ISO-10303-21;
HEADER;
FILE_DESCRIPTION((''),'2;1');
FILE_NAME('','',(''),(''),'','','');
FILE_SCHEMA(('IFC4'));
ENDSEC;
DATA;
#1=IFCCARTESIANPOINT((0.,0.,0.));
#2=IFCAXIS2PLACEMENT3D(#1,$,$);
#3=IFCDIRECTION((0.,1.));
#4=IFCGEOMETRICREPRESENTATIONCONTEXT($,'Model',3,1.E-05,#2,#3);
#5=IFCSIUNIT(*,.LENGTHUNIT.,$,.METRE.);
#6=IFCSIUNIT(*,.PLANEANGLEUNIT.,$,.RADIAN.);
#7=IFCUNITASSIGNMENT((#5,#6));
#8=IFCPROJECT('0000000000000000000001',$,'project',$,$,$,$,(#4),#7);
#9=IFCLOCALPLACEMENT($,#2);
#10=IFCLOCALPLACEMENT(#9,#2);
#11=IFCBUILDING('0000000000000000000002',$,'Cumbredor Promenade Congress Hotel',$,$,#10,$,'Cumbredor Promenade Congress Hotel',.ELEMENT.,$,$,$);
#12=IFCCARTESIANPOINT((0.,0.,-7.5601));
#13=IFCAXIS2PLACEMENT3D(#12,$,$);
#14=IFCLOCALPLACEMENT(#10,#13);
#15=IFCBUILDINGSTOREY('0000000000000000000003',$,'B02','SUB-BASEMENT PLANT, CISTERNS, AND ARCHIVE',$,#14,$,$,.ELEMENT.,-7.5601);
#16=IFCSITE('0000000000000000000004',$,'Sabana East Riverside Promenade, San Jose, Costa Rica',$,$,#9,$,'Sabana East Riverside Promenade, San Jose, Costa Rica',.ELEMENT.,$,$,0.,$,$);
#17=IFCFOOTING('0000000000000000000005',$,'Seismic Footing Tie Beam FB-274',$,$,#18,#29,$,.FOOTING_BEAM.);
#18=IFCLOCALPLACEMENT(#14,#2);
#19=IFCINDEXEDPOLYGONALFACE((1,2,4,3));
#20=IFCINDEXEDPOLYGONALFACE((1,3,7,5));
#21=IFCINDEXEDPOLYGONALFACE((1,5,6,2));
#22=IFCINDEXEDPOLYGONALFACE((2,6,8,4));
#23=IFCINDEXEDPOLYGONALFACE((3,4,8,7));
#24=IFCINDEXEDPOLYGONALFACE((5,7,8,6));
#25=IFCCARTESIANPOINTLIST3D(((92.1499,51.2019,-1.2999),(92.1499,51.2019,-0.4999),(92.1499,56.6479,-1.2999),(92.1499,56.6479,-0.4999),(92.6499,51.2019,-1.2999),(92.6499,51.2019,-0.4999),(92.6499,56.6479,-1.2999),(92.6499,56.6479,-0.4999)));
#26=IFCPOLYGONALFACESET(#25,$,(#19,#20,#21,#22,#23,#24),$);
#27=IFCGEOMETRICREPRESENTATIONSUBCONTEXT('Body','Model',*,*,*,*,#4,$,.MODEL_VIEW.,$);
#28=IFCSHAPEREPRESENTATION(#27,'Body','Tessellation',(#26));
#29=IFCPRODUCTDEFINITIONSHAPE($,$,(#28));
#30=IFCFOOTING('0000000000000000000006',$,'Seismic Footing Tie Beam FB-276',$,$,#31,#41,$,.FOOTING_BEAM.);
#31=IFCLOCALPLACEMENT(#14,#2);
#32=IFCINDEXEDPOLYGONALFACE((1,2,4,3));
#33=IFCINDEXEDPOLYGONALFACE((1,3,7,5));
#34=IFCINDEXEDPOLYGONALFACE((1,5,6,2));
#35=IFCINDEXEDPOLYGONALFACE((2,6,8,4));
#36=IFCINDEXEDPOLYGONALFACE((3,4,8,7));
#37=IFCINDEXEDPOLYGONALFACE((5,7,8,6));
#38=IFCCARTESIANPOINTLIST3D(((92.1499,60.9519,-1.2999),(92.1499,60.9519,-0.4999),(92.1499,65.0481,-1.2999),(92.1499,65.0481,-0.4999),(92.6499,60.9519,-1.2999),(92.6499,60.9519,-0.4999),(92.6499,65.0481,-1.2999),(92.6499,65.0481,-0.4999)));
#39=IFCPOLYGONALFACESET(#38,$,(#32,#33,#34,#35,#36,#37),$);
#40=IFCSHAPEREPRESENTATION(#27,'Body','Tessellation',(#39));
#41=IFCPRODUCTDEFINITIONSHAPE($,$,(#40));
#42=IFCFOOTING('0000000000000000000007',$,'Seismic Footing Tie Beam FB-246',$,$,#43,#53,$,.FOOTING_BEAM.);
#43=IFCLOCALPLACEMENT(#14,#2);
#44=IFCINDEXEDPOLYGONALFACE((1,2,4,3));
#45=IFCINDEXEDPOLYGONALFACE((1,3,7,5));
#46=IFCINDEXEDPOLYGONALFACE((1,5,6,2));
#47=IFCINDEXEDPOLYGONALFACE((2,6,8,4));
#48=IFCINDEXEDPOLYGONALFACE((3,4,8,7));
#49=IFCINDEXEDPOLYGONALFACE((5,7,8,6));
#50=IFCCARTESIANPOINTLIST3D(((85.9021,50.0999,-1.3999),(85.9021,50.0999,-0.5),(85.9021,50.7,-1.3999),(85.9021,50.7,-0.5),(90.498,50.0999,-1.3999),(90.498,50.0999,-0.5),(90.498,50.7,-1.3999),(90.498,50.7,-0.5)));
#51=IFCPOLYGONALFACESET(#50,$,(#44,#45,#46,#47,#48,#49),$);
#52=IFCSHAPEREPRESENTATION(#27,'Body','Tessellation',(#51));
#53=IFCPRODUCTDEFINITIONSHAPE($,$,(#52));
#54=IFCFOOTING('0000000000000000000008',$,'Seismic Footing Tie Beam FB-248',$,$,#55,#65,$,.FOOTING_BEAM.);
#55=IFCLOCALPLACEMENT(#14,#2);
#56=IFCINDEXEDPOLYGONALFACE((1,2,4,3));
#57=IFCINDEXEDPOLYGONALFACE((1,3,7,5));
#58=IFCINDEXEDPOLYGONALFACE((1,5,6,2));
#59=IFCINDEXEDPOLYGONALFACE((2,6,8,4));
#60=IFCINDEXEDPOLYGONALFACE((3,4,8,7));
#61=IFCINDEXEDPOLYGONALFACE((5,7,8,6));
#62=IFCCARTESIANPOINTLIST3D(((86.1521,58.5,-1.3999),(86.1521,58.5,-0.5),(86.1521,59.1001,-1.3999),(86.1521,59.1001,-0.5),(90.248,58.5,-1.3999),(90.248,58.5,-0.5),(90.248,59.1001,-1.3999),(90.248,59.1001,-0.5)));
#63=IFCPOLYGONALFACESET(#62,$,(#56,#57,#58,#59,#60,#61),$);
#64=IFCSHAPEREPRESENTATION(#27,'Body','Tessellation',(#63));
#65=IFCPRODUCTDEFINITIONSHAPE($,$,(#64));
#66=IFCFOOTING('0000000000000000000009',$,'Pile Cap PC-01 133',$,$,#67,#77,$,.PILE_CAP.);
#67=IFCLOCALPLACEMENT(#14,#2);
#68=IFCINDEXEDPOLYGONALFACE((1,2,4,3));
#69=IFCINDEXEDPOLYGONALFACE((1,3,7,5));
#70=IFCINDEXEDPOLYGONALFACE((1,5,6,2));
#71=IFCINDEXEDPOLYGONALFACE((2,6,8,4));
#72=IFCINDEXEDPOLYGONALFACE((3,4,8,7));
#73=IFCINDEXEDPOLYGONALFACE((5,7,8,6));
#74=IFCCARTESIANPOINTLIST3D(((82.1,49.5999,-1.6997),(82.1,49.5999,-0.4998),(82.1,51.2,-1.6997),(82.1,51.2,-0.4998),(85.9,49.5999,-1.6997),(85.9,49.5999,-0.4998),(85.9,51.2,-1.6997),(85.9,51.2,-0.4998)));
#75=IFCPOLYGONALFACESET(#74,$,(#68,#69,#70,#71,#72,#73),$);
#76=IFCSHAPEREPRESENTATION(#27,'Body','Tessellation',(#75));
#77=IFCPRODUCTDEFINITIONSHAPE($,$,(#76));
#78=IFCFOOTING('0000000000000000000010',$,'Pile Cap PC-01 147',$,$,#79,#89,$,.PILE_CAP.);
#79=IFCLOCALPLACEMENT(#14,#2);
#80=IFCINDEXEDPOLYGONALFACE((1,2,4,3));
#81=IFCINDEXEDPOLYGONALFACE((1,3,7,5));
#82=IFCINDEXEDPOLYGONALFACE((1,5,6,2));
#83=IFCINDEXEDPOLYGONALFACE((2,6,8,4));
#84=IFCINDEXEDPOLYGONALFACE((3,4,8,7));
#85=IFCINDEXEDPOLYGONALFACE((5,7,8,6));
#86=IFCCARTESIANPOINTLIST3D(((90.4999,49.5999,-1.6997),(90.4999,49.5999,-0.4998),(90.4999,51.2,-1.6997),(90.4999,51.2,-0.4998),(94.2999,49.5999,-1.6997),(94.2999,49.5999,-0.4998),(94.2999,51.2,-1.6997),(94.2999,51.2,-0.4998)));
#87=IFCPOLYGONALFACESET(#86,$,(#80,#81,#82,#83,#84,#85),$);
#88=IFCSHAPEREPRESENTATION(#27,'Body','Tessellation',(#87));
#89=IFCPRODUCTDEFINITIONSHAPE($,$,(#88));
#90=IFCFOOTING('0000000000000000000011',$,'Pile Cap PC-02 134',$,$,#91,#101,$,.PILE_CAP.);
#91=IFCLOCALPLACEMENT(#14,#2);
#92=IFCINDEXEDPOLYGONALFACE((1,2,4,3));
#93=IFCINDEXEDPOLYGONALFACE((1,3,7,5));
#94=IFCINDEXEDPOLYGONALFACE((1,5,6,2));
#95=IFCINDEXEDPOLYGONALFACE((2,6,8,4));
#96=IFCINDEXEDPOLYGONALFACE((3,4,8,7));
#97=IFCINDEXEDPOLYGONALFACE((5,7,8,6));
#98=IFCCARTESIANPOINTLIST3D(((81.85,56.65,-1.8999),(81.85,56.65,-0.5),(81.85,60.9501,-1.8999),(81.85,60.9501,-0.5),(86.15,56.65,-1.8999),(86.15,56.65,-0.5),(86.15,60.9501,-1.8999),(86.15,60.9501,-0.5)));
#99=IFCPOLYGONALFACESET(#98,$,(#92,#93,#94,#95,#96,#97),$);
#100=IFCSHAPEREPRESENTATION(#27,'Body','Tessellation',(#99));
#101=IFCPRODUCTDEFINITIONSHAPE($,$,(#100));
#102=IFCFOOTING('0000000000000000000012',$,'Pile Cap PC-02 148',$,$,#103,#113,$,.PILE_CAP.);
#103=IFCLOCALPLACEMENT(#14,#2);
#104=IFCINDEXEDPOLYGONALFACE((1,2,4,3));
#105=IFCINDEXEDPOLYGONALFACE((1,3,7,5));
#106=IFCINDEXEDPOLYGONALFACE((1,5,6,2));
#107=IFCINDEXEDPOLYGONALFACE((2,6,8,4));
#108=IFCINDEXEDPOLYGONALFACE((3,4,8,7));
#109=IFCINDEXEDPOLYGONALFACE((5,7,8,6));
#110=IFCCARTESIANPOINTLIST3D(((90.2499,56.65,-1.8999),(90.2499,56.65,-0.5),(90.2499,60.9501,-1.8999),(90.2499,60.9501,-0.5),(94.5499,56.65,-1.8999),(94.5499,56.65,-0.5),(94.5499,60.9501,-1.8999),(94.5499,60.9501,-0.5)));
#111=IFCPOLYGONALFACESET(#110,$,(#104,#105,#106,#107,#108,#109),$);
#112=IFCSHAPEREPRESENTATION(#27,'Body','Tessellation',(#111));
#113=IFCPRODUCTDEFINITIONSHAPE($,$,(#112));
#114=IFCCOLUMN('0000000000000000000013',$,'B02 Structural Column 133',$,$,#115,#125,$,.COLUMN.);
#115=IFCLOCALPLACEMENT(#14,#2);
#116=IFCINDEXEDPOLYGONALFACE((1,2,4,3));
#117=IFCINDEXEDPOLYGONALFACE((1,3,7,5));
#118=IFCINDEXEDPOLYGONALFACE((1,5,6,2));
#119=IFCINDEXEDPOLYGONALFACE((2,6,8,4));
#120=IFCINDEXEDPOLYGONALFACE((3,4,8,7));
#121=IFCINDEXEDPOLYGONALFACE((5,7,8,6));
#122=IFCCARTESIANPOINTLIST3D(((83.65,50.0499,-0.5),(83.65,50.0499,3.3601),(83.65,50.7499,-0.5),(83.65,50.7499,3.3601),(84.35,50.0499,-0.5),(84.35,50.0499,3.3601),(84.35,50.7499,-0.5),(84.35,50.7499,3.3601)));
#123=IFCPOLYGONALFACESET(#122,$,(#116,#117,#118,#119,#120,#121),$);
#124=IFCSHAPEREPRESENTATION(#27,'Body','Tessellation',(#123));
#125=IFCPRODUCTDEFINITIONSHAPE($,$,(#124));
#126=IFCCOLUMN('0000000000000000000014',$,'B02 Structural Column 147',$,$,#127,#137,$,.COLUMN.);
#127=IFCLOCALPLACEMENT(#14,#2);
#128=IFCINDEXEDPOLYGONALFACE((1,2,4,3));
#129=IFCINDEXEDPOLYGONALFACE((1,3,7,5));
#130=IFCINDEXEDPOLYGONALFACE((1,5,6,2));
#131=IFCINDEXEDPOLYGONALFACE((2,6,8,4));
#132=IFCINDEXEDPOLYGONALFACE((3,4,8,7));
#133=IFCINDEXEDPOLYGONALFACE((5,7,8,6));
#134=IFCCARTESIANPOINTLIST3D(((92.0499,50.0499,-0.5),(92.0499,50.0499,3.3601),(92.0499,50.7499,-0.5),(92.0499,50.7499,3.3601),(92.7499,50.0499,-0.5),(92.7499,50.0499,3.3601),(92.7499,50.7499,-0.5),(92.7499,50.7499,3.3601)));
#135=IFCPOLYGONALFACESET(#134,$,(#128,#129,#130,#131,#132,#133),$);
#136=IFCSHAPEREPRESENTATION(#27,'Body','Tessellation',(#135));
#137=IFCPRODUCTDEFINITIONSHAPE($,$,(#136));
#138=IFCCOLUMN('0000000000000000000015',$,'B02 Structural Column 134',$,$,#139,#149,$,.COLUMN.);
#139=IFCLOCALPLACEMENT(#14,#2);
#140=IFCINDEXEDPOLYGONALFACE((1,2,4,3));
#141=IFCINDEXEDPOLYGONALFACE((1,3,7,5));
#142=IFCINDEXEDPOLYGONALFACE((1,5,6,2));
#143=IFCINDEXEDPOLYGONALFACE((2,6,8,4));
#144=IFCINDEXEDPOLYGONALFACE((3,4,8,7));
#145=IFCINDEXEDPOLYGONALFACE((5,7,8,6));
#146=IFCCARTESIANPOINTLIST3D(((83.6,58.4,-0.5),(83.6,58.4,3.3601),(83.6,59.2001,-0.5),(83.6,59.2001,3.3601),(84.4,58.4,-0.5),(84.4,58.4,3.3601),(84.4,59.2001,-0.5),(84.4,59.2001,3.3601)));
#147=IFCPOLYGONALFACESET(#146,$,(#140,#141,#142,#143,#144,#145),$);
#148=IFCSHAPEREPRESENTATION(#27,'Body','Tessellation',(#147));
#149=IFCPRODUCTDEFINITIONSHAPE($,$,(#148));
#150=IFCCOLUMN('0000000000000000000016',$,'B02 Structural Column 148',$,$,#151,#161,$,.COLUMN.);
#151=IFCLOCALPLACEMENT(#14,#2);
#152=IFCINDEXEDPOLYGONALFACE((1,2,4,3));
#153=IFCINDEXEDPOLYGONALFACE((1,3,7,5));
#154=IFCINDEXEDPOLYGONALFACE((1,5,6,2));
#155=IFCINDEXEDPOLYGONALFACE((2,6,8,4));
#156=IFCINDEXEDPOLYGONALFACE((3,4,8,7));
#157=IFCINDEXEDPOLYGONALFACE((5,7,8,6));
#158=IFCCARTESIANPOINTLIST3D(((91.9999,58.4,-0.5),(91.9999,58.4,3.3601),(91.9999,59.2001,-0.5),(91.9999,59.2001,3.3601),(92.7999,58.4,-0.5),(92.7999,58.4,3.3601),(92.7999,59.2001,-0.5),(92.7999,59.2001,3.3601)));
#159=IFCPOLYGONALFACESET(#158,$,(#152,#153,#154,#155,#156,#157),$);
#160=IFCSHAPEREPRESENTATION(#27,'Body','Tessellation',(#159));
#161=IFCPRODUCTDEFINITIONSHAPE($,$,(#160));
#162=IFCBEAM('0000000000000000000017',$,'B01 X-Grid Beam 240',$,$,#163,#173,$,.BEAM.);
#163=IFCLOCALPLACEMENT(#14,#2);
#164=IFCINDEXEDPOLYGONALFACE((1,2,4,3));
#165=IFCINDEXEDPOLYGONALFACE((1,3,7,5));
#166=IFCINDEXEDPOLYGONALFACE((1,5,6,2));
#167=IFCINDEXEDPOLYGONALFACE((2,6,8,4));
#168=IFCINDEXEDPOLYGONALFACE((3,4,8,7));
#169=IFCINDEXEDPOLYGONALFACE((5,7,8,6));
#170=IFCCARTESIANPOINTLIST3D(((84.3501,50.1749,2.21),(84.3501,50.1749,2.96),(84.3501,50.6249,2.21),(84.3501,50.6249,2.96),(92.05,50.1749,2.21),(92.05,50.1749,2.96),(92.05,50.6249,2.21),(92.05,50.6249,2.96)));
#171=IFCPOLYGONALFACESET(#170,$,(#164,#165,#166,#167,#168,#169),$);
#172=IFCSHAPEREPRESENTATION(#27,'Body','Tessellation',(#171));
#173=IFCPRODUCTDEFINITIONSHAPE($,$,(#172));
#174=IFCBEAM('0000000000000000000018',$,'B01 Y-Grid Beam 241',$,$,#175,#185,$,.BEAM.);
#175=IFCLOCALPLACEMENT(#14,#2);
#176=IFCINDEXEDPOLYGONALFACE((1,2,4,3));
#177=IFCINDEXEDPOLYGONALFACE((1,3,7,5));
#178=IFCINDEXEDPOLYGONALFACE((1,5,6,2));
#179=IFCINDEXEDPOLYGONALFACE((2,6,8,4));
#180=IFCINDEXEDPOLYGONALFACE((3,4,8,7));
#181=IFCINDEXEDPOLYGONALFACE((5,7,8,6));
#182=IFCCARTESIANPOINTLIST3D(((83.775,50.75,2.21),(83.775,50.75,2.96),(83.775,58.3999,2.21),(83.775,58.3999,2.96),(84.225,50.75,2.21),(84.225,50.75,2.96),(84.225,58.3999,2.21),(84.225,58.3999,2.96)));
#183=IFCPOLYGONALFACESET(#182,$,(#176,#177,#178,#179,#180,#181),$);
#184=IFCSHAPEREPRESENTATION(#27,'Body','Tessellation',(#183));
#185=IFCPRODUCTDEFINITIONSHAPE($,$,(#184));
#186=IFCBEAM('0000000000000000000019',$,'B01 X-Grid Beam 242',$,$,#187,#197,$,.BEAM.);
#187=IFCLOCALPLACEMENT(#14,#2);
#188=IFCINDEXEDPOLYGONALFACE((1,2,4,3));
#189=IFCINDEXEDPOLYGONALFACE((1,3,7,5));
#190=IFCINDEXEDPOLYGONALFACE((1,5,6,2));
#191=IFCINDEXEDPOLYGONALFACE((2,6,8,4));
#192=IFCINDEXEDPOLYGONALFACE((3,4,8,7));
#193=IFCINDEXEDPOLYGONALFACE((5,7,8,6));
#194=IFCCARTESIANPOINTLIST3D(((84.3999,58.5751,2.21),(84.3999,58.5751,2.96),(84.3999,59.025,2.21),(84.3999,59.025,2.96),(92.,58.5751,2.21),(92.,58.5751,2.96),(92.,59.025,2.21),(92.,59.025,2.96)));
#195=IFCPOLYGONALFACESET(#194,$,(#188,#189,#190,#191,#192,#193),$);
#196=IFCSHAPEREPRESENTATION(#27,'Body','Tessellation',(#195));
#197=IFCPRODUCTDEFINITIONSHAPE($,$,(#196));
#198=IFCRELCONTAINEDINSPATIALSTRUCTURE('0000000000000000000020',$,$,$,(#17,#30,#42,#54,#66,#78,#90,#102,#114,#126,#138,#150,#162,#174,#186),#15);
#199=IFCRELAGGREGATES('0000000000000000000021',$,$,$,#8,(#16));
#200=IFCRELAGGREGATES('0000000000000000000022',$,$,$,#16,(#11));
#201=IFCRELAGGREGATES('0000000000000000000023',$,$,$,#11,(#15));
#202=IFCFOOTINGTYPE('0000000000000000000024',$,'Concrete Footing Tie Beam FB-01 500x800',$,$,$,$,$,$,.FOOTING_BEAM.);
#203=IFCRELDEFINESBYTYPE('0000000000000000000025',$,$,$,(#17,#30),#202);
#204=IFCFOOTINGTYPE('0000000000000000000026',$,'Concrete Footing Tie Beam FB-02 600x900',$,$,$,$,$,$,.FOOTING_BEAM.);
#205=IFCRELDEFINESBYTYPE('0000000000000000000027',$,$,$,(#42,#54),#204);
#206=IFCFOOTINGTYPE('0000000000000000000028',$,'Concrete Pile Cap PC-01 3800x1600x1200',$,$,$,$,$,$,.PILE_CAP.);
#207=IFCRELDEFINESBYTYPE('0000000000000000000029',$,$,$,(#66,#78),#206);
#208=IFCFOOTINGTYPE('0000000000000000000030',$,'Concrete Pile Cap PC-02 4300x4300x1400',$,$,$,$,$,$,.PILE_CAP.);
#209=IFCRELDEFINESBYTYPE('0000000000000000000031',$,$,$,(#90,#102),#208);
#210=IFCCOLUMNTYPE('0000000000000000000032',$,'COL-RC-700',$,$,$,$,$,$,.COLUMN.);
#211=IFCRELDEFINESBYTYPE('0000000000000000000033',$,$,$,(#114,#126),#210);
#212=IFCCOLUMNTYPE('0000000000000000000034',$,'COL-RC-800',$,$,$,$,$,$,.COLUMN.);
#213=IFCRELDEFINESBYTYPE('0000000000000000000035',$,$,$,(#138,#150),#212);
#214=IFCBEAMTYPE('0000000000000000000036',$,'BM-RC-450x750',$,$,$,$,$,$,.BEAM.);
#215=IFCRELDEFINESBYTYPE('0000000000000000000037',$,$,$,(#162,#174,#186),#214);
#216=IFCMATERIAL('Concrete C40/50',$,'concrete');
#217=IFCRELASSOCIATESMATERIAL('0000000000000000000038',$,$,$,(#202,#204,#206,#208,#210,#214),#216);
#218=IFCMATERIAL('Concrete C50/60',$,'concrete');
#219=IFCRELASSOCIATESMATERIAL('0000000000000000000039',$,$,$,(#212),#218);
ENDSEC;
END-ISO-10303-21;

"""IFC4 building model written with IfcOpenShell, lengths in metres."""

from ifc_helpers import new_model, si_unit, direction, frame, origin, origin_2d, place, context, subcontext, project, spatial, rectangle, extrude, material, material_profile, profile_set, type_object, element, save


model = new_model("IFC4")

# Units and contexts
model_context = context("Model", 3, precision=1e-05, world=origin(), true_north=direction((0.0, 1.0)))
body_context = subcontext(model_context, "Body", "Model", "MODEL_VIEW")
ifc_project = project(units=[si_unit("LENGTHUNIT", "METRE"), si_unit("PLANEANGLEUNIT", "RADIAN")], contexts=[model_context])

# Site, building, storey
site_placement = place(None, origin())
site = spatial("IfcSite", under=ifc_project, at=site_placement, Name="Sabana East Riverside Promenade, San Jose, Costa Rica", LongName="Sabana East Riverside Promenade, San Jose, Costa Rica", CompositionType="ELEMENT", RefElevation=0.0)
building_placement = place(site_placement, origin())
building = spatial("IfcBuilding", under=site, at=building_placement, Name="Cumbredor Promenade Congress Hotel", LongName="Cumbredor Promenade Congress Hotel", CompositionType="ELEMENT")
storey_placement = place(building_placement, frame((0.0, 0.0, -7.5601)))
storey = spatial("IfcBuildingStorey", under=building, at=storey_placement, Name="B02", Description="SUB-BASEMENT PLANT, CISTERNS, AND ARCHIVE", CompositionType="ELEMENT", Elevation=-7.5601)

# Shared definitions
ifc_material_1 = material(Name="Concrete C40/50", Category="concrete")

# Footings
ifc_material_profile_1 = material_profile(ifc_material_1, rectangle(XDim=0.5, YDim=0.8, at=origin_2d()), Name="FB 500x800")
ifc_profile_set_1 = profile_set([ifc_material_profile_1], Name="Concrete C40/50")
footing_type_1 = type_object("IfcFootingType", Name="Concrete Footing Tie Beam FB-01 500x800", PredefinedType="FOOTING_BEAM", material=ifc_profile_set_1)
footing_1_placement = place(storey_placement, frame((92.3999, 51.2019, -0.8999), z_axis=(0.0, 1.0, 0.0), x_axis=(-1.0, 0.0, 0.0)))
element("IfcFooting", 1, at=footing_1_placement, inside=storey, type_object=footing_type_1, Name="Seismic Footing Tie Beam FB-274", PredefinedType="FOOTING_BEAM", context=body_context, shape_type="SweptSolid", body=[
    extrude(rectangle(XDim=0.5, YDim=0.8, at=origin_2d()), origin(), (0.0, 0.0, 1.0), 5.446),
])
footing_2_placement = place(storey_placement, frame((92.3999, 60.9519, -0.8999), z_axis=(0.0, 1.0, 0.0), x_axis=(-1.0, 0.0, 0.0)))
element("IfcFooting", 2, at=footing_2_placement, inside=storey, type_object=footing_type_1, Name="Seismic Footing Tie Beam FB-276", PredefinedType="FOOTING_BEAM", context=body_context, shape_type="SweptSolid", body=[
    extrude(rectangle(XDim=0.5, YDim=0.8, at=origin_2d()), origin(), (0.0, 0.0, 1.0), 4.0962),
])
ifc_material_profile_2 = material_profile(ifc_material_1, rectangle(XDim=0.6001, YDim=0.8999, at=origin_2d()), Name="FB 600x900")
ifc_profile_set_2 = profile_set([ifc_material_profile_2], Name="Concrete C40/50")
footing_type_2 = type_object("IfcFootingType", Name="Concrete Footing Tie Beam FB-02 600x900", PredefinedType="FOOTING_BEAM", material=ifc_profile_set_2)
footing_3_placement = place(storey_placement, frame((85.9021, 50.3999, -0.95), z_axis=(1.0, 0.0, 0.0), x_axis=(0.0, 1.0, 0.0)))
element("IfcFooting", 3, at=footing_3_placement, inside=storey, type_object=footing_type_2, Name="Seismic Footing Tie Beam FB-246", PredefinedType="FOOTING_BEAM", context=body_context, shape_type="SweptSolid", body=[
    extrude(rectangle(XDim=0.6001, YDim=0.8999, at=origin_2d()), origin(), (0.0, 0.0, 1.0), 4.5959),
])
footing_4_placement = place(storey_placement, frame((86.1521, 58.8, -0.95), z_axis=(1.0, 0.0, 0.0), x_axis=(0.0, 1.0, 0.0)))
element("IfcFooting", 4, at=footing_4_placement, inside=storey, type_object=footing_type_2, Name="Seismic Footing Tie Beam FB-248", PredefinedType="FOOTING_BEAM", context=body_context, shape_type="SweptSolid", body=[
    extrude(rectangle(XDim=0.6001, YDim=0.8999, at=origin_2d()), origin(), (0.0, 0.0, 1.0), 4.0959),
])
footing_type_3 = type_object("IfcFootingType", Name="Concrete Pile Cap PC-01 3800x1600x1200", PredefinedType="PILE_CAP", material=ifc_material_1)
for number, where, z_axis, x_axis, name in (
    (5, (84.0, 50.3999, -1.6997), (0.0, 0.0, 1.0), (1.0, 0.0, 0.0), "Pile Cap PC-01 133"),
    (6, (92.3999, 50.3999, -1.6997), (0.0, 0.0, 1.0), (1.0, 0.0, 0.0), "Pile Cap PC-01 147"),
):
    element("IfcFooting", number, at=place(storey_placement, frame(where, z_axis=z_axis, x_axis=x_axis)), inside=storey, type_object=footing_type_3, Name=name, PredefinedType="PILE_CAP", context=body_context, shape_type="SweptSolid", body=[
        extrude(rectangle(XDim=3.8, YDim=1.6001, at=origin_2d()), origin(), (0.0, 0.0, 1.0), 1.2),
    ])
footing_type_4 = type_object("IfcFootingType", Name="Concrete Pile Cap PC-02 4300x4300x1400", PredefinedType="PILE_CAP", material=ifc_material_1)
for number, where, z_axis, x_axis, name in (
    (7, (84.0, 58.8, -1.8999), (0.0, 0.0, 1.0), (1.0, 0.0, 0.0), "Pile Cap PC-02 134"),
    (8, (92.3999, 58.8, -1.8999), (0.0, 0.0, 1.0), (1.0, 0.0, 0.0), "Pile Cap PC-02 148"),
):
    element("IfcFooting", number, at=place(storey_placement, frame(where, z_axis=z_axis, x_axis=x_axis)), inside=storey, type_object=footing_type_4, Name=name, PredefinedType="PILE_CAP", context=body_context, shape_type="SweptSolid", body=[
        extrude(rectangle(XDim=4.3, YDim=4.3, at=origin_2d()), origin(), (0.0, 0.0, 1.0), 1.3999),
    ])

# Columns
ifc_material_profile_3 = material_profile(ifc_material_1, rectangle(XDim=0.7, YDim=0.7, at=origin_2d()), Name="RC 700x700")
ifc_profile_set_3 = profile_set([ifc_material_profile_3], Name="Concrete C40/50")
column_type_1 = type_object("IfcColumnType", Name="COL-RC-700", PredefinedType="COLUMN", material=ifc_profile_set_3)
for number, where, z_axis, x_axis, name in (
    (9, (84.0, 50.3999, -0.5), (0.0, 0.0, 1.0), (1.0, 0.0, 0.0), "B02 Structural Column 133"),
    (10, (92.3999, 50.3999, -0.5), (0.0, 0.0, 1.0), (1.0, 0.0, 0.0), "B02 Structural Column 147"),
):
    element("IfcColumn", number, at=place(storey_placement, frame(where, z_axis=z_axis, x_axis=x_axis)), inside=storey, type_object=column_type_1, Name=name, PredefinedType="COLUMN", context=body_context, shape_type="SweptSolid", body=[
        extrude(rectangle(XDim=0.7, YDim=0.7, at=origin_2d()), origin(), (0.0, 0.0, 1.0), 3.8601),
    ])
ifc_material_2 = material(Name="Concrete C50/60", Category="concrete")
ifc_material_profile_4 = material_profile(ifc_material_2, rectangle(XDim=0.8, YDim=0.8, at=origin_2d()), Name="RC 800x800")
ifc_profile_set_4 = profile_set([ifc_material_profile_4], Name="Concrete C50/60")
column_type_2 = type_object("IfcColumnType", Name="COL-RC-800", PredefinedType="COLUMN", material=ifc_profile_set_4)
for number, where, z_axis, x_axis, name in (
    (11, (84.0, 58.8, -0.5), (0.0, 0.0, 1.0), (1.0, 0.0, 0.0), "B02 Structural Column 134"),
    (12, (92.3999, 58.8, -0.5), (0.0, 0.0, 1.0), (1.0, 0.0, 0.0), "B02 Structural Column 148"),
):
    element("IfcColumn", number, at=place(storey_placement, frame(where, z_axis=z_axis, x_axis=x_axis)), inside=storey, type_object=column_type_2, Name=name, PredefinedType="COLUMN", context=body_context, shape_type="SweptSolid", body=[
        extrude(rectangle(XDim=0.8, YDim=0.8, at=origin_2d()), origin(), (0.0, 0.0, 1.0), 3.8601),
    ])

# Beams
ifc_material_profile_5 = material_profile(ifc_material_1, rectangle(XDim=0.45, YDim=0.75, at=origin_2d()), Name="RC BEAM 450x750")
ifc_profile_set_5 = profile_set([ifc_material_profile_5], Name="Concrete C40/50")
beam_type_1 = type_object("IfcBeamType", Name="BM-RC-450x750", PredefinedType="BEAM", material=ifc_profile_set_5)
beam_1_placement = place(storey_placement, frame((84.3501, 50.3999, 2.585), z_axis=(1.0, 0.0, 0.0), x_axis=(0.0, 1.0, 0.0)))
element("IfcBeam", 13, at=beam_1_placement, inside=storey, type_object=beam_type_1, Name="B01 X-Grid Beam 240", PredefinedType="BEAM", context=body_context, shape_type="SweptSolid", body=[
    extrude(rectangle(XDim=0.45, YDim=0.75, at=origin_2d()), origin(), (0.0, 0.0, 1.0), 7.7),
])
beam_2_placement = place(storey_placement, frame((84.0, 50.75, 2.585), z_axis=(0.0, 1.0, 0.0), x_axis=(-1.0, 0.0, 0.0)))
element("IfcBeam", 14, at=beam_2_placement, inside=storey, type_object=beam_type_1, Name="B01 Y-Grid Beam 241", PredefinedType="BEAM", context=body_context, shape_type="SweptSolid", body=[
    extrude(rectangle(XDim=0.45, YDim=0.75, at=origin_2d()), origin(), (0.0, 0.0, 1.0), 7.6499),
])
beam_3_placement = place(storey_placement, frame((84.3999, 58.8, 2.585), z_axis=(1.0, 0.0, 0.0), x_axis=(0.0, 1.0, 0.0)))
element("IfcBeam", 15, at=beam_3_placement, inside=storey, type_object=beam_type_1, Name="B01 X-Grid Beam 242", PredefinedType="BEAM", context=body_context, shape_type="SweptSolid", body=[
    extrude(rectangle(XDim=0.45, YDim=0.75, at=origin_2d()), origin(), (0.0, 0.0, 1.0), 7.6001),
])

save(model, "model.ifc")
